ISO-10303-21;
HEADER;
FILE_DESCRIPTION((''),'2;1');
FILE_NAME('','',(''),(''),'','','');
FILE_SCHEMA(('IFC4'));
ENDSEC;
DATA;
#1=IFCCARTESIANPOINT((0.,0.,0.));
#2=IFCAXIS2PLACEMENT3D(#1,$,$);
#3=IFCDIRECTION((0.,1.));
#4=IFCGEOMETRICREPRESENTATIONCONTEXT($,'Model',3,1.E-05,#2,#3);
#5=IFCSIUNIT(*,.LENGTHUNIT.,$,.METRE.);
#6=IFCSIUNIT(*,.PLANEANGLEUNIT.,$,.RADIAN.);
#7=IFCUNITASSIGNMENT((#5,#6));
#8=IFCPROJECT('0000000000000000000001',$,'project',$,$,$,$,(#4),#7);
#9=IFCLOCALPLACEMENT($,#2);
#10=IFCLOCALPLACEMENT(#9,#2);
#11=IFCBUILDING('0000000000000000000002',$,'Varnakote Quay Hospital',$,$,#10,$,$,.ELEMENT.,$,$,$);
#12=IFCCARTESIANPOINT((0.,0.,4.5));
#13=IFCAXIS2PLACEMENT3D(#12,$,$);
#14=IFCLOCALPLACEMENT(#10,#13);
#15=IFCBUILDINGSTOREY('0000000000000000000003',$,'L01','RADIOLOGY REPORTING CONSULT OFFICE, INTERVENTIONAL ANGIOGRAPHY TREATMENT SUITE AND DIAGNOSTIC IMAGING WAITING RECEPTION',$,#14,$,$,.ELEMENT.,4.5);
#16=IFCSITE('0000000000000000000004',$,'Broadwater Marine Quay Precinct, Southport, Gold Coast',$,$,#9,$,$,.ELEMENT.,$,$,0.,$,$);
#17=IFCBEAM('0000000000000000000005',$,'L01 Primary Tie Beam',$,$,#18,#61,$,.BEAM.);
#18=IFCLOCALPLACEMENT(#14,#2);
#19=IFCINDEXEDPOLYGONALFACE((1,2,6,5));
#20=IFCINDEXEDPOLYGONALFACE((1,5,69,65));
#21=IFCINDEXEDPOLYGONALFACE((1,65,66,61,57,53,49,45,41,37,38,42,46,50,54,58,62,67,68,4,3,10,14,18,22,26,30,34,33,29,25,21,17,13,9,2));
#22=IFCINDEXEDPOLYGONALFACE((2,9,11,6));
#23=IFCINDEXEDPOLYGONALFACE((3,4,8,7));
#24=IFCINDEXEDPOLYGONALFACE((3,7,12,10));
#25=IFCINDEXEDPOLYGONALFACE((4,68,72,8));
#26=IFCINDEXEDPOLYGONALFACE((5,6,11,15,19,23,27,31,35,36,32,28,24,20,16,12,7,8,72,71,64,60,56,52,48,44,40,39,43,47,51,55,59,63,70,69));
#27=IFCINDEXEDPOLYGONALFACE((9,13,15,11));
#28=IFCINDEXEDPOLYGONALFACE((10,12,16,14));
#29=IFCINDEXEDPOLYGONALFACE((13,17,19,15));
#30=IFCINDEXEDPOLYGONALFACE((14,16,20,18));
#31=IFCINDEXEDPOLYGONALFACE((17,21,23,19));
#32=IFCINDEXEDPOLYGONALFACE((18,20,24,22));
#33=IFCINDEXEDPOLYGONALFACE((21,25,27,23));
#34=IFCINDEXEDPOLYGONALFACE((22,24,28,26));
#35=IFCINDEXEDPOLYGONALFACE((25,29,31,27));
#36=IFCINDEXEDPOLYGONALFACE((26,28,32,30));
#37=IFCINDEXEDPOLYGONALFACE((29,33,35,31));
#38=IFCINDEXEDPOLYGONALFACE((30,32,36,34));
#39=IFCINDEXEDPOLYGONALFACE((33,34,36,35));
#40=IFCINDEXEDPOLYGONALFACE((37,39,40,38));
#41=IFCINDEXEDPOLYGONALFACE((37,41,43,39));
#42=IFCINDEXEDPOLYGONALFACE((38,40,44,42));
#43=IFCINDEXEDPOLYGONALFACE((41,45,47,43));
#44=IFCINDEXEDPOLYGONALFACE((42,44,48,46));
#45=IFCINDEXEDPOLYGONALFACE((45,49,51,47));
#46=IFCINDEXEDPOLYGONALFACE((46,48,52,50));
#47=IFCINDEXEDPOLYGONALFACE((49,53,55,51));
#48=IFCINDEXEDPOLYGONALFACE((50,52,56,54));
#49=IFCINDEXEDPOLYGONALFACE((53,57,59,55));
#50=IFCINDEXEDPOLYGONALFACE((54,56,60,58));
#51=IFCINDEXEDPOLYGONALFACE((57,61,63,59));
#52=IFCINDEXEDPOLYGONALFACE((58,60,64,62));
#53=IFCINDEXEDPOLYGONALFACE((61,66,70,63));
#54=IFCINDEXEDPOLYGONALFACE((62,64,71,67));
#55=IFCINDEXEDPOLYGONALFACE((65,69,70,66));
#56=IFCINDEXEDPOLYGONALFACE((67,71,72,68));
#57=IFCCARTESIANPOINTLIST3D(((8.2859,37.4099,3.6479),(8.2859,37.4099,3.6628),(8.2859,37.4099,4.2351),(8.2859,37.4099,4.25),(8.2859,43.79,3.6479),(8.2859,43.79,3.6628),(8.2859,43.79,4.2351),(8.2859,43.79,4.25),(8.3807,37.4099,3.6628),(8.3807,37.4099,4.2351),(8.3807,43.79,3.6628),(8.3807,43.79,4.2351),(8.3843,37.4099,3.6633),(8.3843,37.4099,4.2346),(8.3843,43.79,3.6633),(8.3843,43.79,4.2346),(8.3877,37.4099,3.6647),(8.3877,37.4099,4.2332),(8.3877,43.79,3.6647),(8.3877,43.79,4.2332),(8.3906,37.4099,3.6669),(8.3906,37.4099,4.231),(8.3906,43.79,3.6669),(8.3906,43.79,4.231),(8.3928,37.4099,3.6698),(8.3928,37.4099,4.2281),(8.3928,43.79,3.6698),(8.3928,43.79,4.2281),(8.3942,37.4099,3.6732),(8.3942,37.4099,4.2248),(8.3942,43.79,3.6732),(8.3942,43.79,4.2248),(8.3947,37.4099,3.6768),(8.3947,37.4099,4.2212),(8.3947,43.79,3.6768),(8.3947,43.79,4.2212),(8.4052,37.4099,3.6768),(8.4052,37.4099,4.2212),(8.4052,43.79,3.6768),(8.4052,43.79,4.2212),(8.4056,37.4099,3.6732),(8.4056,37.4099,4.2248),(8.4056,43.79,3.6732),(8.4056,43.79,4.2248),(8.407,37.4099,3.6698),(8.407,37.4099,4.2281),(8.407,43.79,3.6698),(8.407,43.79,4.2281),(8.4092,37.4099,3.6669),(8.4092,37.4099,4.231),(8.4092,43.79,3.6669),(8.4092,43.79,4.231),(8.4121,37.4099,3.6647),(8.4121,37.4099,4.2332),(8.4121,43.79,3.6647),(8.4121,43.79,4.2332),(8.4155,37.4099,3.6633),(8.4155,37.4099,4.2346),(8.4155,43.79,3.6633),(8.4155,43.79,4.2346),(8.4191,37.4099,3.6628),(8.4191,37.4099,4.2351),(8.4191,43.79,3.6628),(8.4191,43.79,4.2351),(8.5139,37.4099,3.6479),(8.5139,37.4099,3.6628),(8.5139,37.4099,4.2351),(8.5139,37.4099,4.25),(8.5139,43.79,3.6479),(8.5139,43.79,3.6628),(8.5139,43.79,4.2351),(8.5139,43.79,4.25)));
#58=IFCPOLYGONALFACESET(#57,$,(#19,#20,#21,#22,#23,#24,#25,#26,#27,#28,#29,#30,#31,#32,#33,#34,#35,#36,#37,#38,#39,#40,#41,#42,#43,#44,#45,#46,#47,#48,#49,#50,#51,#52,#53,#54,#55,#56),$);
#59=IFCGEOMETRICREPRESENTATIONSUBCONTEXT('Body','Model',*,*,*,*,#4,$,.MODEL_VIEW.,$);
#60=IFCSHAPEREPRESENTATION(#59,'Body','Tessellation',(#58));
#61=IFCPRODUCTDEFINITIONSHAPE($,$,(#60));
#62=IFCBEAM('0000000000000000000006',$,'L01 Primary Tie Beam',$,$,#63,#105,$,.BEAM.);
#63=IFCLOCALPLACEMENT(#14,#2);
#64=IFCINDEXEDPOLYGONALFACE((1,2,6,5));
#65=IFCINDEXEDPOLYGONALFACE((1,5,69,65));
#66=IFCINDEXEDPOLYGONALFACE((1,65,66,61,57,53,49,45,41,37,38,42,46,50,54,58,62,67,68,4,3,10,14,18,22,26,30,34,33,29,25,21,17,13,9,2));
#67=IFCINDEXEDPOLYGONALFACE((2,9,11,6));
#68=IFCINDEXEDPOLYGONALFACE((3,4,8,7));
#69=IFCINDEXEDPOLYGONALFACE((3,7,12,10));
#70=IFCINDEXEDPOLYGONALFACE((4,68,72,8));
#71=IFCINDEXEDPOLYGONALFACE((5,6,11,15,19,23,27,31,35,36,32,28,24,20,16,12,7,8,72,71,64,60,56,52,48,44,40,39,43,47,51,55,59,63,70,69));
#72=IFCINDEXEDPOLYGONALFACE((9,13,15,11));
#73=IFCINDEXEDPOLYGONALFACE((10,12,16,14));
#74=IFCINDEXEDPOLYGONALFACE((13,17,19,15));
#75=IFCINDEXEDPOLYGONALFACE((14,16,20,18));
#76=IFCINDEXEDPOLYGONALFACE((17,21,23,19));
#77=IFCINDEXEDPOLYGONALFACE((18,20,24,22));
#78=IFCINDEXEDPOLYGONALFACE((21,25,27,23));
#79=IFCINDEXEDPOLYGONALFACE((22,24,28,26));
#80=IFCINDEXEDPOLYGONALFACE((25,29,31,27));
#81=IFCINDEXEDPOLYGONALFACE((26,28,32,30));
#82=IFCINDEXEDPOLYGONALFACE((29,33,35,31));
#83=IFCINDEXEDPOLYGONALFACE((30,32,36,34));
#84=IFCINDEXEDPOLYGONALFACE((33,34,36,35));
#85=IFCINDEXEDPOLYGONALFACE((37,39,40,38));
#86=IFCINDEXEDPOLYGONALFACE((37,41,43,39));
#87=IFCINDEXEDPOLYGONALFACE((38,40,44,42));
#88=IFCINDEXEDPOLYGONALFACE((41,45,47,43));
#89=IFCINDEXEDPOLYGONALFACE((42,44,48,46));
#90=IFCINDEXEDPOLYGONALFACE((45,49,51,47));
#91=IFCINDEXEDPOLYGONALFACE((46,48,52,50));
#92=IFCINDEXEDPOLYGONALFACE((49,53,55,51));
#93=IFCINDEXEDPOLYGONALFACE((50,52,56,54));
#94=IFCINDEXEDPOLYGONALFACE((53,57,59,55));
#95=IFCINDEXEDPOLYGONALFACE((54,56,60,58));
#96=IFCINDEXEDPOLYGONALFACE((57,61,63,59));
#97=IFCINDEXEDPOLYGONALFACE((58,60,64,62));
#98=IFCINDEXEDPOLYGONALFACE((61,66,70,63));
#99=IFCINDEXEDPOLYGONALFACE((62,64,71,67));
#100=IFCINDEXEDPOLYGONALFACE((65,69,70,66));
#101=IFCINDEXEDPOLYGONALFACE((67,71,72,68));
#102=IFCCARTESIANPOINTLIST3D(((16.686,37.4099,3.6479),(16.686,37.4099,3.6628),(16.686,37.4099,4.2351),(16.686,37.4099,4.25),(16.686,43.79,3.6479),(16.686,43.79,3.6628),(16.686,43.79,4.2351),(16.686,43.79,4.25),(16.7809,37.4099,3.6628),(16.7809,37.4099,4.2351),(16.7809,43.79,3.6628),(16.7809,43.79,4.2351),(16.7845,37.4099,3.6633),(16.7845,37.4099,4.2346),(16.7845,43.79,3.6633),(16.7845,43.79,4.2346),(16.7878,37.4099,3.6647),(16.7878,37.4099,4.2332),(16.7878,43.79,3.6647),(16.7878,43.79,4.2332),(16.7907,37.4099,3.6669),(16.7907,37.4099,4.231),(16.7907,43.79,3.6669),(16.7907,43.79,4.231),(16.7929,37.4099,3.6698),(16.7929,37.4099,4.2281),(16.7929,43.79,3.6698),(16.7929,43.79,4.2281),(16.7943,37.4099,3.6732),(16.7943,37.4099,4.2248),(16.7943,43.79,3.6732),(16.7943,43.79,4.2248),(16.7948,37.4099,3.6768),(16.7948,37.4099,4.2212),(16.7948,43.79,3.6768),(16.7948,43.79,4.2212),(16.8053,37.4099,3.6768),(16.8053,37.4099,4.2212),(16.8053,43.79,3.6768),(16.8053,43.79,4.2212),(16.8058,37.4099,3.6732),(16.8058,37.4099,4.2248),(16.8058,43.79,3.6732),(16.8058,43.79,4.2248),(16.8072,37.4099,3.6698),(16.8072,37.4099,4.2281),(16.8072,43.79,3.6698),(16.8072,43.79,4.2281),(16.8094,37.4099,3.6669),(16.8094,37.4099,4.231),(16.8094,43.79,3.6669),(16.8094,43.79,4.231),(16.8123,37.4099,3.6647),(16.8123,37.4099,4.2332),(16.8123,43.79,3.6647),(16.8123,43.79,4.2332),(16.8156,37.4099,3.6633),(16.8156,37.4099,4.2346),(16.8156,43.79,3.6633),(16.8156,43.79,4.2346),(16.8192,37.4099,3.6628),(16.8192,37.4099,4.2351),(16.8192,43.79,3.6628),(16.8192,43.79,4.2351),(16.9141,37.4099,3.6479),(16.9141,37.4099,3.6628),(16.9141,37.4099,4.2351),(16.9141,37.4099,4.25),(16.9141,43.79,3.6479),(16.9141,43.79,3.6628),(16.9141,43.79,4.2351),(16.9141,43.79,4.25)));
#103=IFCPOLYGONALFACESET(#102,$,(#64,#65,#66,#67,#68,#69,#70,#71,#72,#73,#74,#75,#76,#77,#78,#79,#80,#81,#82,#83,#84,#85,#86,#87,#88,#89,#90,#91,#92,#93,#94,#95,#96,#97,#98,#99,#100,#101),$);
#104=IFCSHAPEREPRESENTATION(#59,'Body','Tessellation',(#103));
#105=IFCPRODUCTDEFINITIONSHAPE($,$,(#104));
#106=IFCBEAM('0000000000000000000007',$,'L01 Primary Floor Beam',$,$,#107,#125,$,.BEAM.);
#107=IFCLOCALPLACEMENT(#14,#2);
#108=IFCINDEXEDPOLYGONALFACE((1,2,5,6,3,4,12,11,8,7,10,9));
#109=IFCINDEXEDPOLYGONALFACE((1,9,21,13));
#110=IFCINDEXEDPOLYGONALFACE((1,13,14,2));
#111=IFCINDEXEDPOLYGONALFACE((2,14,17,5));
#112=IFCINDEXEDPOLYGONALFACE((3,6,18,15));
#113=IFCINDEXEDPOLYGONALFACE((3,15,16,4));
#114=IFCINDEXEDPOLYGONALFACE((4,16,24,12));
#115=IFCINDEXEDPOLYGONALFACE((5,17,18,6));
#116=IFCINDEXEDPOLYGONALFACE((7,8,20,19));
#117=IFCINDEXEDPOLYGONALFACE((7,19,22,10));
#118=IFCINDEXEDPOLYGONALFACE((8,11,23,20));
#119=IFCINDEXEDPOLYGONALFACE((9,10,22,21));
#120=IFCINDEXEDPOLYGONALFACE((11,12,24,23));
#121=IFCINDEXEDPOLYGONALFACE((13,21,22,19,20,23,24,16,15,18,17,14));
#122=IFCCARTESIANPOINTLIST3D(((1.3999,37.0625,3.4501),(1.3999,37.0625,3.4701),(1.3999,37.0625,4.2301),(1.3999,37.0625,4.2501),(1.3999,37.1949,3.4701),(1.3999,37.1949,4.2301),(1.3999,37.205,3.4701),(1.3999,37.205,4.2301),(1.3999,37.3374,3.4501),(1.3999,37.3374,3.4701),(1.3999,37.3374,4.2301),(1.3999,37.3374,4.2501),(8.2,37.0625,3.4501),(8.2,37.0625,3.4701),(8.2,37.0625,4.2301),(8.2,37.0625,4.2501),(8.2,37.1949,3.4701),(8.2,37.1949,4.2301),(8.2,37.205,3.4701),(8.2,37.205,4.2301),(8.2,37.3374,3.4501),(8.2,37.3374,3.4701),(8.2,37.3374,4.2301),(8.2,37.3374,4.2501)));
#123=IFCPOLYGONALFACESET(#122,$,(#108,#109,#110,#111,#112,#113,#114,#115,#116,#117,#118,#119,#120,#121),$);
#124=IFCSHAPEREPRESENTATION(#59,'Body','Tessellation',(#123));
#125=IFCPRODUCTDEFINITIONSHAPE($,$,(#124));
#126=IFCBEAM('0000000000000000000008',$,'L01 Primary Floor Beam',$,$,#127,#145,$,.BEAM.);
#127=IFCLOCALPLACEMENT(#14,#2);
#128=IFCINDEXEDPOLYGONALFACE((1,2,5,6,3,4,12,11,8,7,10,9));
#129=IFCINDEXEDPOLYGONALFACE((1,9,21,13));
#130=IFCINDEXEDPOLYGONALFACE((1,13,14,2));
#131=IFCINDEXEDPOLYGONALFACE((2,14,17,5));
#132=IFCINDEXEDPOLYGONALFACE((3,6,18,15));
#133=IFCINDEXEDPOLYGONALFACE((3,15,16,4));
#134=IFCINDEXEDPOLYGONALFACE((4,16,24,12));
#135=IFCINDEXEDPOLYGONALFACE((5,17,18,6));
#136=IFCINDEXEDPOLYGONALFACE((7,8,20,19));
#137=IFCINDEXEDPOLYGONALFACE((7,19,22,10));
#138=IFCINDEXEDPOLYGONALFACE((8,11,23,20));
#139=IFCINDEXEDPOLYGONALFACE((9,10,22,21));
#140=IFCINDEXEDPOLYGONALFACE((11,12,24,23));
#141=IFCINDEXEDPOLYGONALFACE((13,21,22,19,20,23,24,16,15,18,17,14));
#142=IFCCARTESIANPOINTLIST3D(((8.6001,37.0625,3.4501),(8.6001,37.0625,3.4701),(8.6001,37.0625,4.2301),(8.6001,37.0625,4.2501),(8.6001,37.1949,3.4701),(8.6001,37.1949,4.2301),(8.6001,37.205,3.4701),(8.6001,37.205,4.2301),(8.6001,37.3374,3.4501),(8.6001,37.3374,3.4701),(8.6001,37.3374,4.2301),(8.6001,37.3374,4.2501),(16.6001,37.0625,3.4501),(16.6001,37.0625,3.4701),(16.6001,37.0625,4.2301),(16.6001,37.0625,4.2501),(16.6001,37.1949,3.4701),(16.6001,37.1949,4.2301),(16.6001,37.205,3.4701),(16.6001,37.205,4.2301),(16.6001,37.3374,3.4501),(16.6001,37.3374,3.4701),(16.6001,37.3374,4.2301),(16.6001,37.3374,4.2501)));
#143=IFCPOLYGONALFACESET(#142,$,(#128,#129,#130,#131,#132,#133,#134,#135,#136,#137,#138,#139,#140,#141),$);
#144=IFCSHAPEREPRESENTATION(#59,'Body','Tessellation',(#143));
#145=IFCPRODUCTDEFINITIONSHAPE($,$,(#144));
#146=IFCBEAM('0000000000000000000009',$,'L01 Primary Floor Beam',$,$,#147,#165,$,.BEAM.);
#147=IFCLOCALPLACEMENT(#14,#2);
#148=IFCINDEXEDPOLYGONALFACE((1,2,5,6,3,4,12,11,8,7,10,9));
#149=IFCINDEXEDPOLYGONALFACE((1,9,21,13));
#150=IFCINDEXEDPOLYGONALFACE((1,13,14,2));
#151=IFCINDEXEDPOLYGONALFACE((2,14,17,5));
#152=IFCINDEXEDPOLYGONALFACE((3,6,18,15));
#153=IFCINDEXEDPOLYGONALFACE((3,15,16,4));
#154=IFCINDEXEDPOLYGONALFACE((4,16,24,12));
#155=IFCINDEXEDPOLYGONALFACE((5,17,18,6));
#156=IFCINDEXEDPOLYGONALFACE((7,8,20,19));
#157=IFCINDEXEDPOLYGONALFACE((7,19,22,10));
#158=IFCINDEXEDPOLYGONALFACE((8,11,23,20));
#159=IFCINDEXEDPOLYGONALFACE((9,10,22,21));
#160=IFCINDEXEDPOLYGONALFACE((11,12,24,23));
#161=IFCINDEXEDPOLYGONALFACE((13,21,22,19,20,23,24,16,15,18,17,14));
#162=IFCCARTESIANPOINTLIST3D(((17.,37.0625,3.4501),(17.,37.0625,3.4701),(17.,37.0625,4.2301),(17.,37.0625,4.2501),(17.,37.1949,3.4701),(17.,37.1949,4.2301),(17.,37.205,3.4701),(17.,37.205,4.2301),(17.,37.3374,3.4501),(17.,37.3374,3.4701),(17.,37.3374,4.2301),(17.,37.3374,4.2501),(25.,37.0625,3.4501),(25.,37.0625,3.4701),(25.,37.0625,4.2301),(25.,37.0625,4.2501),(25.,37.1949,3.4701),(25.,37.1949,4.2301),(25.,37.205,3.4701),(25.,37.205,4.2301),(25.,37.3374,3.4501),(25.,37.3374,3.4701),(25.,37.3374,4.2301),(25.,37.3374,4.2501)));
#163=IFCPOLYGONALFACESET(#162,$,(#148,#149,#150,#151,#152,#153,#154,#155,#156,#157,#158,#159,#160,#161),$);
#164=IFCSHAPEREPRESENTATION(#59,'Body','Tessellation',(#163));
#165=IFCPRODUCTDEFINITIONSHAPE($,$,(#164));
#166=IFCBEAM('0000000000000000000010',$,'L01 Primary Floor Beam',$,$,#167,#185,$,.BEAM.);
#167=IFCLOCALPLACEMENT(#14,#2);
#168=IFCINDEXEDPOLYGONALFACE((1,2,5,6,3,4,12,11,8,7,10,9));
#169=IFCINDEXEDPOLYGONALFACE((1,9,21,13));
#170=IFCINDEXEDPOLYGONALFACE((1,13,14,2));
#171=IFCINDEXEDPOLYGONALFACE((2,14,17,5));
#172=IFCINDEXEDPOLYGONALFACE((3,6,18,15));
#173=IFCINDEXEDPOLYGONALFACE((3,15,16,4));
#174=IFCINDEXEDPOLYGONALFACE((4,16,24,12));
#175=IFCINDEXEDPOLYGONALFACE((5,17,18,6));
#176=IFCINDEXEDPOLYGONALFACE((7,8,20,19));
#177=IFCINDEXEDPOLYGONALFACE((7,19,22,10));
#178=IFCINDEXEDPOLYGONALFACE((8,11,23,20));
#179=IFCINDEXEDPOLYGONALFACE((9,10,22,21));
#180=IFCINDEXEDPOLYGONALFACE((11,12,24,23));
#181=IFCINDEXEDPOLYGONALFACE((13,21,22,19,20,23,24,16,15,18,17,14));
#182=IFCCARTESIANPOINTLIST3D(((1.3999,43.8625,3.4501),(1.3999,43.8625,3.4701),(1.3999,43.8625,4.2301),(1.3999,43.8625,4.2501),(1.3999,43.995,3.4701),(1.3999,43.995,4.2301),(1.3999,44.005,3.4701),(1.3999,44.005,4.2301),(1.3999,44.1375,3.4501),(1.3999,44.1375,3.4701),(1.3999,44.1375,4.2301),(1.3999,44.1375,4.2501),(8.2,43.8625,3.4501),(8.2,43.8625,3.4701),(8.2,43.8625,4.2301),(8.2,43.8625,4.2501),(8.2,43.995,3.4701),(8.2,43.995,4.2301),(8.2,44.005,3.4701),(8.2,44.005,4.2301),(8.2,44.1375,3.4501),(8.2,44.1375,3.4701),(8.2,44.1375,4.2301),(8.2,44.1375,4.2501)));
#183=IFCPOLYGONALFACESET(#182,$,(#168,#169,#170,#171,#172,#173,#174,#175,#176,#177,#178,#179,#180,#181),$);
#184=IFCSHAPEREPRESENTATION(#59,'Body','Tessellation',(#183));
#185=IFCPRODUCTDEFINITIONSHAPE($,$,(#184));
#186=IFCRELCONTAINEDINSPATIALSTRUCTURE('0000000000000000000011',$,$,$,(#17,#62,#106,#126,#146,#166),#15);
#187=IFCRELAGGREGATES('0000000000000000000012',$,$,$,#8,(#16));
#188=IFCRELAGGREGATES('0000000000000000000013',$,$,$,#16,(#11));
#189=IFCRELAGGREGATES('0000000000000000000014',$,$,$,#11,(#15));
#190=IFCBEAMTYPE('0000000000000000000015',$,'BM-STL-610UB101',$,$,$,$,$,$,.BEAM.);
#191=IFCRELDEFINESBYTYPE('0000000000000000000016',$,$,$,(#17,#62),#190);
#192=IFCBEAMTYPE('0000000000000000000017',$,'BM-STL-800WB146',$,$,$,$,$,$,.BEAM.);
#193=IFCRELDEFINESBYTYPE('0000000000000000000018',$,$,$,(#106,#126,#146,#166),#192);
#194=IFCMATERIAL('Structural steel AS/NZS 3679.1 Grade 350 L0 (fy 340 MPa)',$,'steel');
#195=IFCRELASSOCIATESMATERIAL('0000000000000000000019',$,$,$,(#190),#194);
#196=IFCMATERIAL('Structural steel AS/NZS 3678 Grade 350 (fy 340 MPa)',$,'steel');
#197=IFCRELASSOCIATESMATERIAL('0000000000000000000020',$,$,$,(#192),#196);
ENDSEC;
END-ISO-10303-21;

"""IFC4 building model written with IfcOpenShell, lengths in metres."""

from ifc_helpers import new_model, si_unit, direction, frame, origin, origin_2d, place, context, subcontext, project, spatial, i_section, extrude, material, material_profile, profile_set, type_object, element, save


model = new_model("IFC4")

# Units and contexts
model_context = context("Model", 3, precision=1e-05, world=origin(), true_north=direction((0.0, 1.0)))
body_context = subcontext(model_context, "Body", "Model", "MODEL_VIEW")
ifc_project = project(units=[si_unit("LENGTHUNIT", "METRE"), si_unit("PLANEANGLEUNIT", "RADIAN")], contexts=[model_context])

# Site, building, storey
site_placement = place(None, origin())
site = spatial("IfcSite", under=ifc_project, at=site_placement, Name="Broadwater Marine Quay Precinct, Southport, Gold Coast", CompositionType="ELEMENT", RefElevation=0.0)
building_placement = place(site_placement, origin())
building = spatial("IfcBuilding", under=site, at=building_placement, Name="Varnakote Quay Hospital", CompositionType="ELEMENT")
storey_placement = place(building_placement, frame((0.0, 0.0, 4.5)))
storey = spatial("IfcBuildingStorey", under=building, at=storey_placement, Name="L01", Description="RADIOLOGY REPORTING CONSULT OFFICE, INTERVENTIONAL ANGIOGRAPHY TREATMENT SUITE AND DIAGNOSTIC IMAGING WAITING RECEPTION", CompositionType="ELEMENT", Elevation=4.5)

# Beams
ifc_material_1 = material(Name="Structural steel AS/NZS 3679.1 Grade 350 L0 (fy 340 MPa)", Category="steel")
ifc_material_profile_1 = material_profile(ifc_material_1, i_section(OverallWidth=0.228, OverallDepth=0.6021, WebThickness=0.0105, FlangeThickness=0.0149, FilletRadius=0.0139, at=origin_2d()), Name="610UB101")
ifc_profile_set_1 = profile_set([ifc_material_profile_1], Name="Structural steel AS/NZS 3679.1 Grade 350 L0 (fy 340 MPa)")
beam_type_1 = type_object("IfcBeamType", Name="BM-STL-610UB101", PredefinedType="BEAM", material=ifc_profile_set_1)
for number, where, z_axis, x_axis, name in (
    (1, (8.3999, 37.4099, 3.949), (0.0, 1.0, 0.0), (-1.0, 0.0, 0.0), "L01 Primary Tie Beam"),
    (2, (16.8, 37.4099, 3.949), (0.0, 1.0, 0.0), (-1.0, 0.0, 0.0), "L01 Primary Tie Beam"),
):
    element("IfcBeam", number, at=place(storey_placement, frame(where, z_axis=z_axis, x_axis=x_axis)), inside=storey, type_object=beam_type_1, Name=name, PredefinedType="BEAM", context=body_context, shape_type="SweptSolid", body=[
        extrude(i_section(OverallWidth=0.228, OverallDepth=0.6021, WebThickness=0.0105, FlangeThickness=0.0149, FilletRadius=0.0139, at=origin_2d()), origin(), (0.0, 0.0, 1.0), 6.3801),
    ])
ifc_material_2 = material(Name="Structural steel AS/NZS 3678 Grade 350 (fy 340 MPa)", Category="steel")
ifc_material_profile_2 = material_profile(ifc_material_2, i_section(OverallWidth=0.2749, OverallDepth=0.8, WebThickness=0.01, FlangeThickness=0.02, at=origin_2d()), Name="800WB146")
ifc_profile_set_2 = profile_set([ifc_material_profile_2], Name="Structural steel AS/NZS 3678 Grade 350 (fy 340 MPa)")
beam_type_2 = type_object("IfcBeamType", Name="BM-STL-800WB146", PredefinedType="BEAM", material=ifc_profile_set_2)
beam_1_placement = place(storey_placement, frame((1.3999, 37.2, 3.8501), z_axis=(1.0, 0.0, 0.0), x_axis=(0.0, 1.0, 0.0)))
element("IfcBeam", 3, at=beam_1_placement, inside=storey, type_object=beam_type_2, Name="L01 Primary Floor Beam", PredefinedType="BEAM", context=body_context, shape_type="SweptSolid", body=[
    extrude(i_section(OverallWidth=0.2749, OverallDepth=0.8, WebThickness=0.01, FlangeThickness=0.02, at=origin_2d()), origin(), (0.0, 0.0, 1.0), 6.8),
])
for number, where, z_axis, x_axis, name in (
    (4, (8.6001, 37.2, 3.8501), (1.0, 0.0, 0.0), (0.0, 1.0, 0.0), "L01 Primary Floor Beam"),
    (5, (17.0, 37.2, 3.8501), (1.0, 0.0, 0.0), (0.0, 1.0, 0.0), "L01 Primary Floor Beam"),
):
    element("IfcBeam", number, at=place(storey_placement, frame(where, z_axis=z_axis, x_axis=x_axis)), inside=storey, type_object=beam_type_2, Name=name, PredefinedType="BEAM", context=body_context, shape_type="SweptSolid", body=[
        extrude(i_section(OverallWidth=0.2749, OverallDepth=0.8, WebThickness=0.01, FlangeThickness=0.02, at=origin_2d()), origin(), (0.0, 0.0, 1.0), 8.0),
    ])
beam_2_placement = place(storey_placement, frame((1.3999, 44.0, 3.8501), z_axis=(1.0, 0.0, 0.0), x_axis=(0.0, 1.0, 0.0)))
element("IfcBeam", 6, at=beam_2_placement, inside=storey, type_object=beam_type_2, Name="L01 Primary Floor Beam", PredefinedType="BEAM", context=body_context, shape_type="SweptSolid", body=[
    extrude(i_section(OverallWidth=0.2749, OverallDepth=0.8, WebThickness=0.01, FlangeThickness=0.02, at=origin_2d()), origin(), (0.0, 0.0, 1.0), 6.8),
])

save(model, "model.ifc")
